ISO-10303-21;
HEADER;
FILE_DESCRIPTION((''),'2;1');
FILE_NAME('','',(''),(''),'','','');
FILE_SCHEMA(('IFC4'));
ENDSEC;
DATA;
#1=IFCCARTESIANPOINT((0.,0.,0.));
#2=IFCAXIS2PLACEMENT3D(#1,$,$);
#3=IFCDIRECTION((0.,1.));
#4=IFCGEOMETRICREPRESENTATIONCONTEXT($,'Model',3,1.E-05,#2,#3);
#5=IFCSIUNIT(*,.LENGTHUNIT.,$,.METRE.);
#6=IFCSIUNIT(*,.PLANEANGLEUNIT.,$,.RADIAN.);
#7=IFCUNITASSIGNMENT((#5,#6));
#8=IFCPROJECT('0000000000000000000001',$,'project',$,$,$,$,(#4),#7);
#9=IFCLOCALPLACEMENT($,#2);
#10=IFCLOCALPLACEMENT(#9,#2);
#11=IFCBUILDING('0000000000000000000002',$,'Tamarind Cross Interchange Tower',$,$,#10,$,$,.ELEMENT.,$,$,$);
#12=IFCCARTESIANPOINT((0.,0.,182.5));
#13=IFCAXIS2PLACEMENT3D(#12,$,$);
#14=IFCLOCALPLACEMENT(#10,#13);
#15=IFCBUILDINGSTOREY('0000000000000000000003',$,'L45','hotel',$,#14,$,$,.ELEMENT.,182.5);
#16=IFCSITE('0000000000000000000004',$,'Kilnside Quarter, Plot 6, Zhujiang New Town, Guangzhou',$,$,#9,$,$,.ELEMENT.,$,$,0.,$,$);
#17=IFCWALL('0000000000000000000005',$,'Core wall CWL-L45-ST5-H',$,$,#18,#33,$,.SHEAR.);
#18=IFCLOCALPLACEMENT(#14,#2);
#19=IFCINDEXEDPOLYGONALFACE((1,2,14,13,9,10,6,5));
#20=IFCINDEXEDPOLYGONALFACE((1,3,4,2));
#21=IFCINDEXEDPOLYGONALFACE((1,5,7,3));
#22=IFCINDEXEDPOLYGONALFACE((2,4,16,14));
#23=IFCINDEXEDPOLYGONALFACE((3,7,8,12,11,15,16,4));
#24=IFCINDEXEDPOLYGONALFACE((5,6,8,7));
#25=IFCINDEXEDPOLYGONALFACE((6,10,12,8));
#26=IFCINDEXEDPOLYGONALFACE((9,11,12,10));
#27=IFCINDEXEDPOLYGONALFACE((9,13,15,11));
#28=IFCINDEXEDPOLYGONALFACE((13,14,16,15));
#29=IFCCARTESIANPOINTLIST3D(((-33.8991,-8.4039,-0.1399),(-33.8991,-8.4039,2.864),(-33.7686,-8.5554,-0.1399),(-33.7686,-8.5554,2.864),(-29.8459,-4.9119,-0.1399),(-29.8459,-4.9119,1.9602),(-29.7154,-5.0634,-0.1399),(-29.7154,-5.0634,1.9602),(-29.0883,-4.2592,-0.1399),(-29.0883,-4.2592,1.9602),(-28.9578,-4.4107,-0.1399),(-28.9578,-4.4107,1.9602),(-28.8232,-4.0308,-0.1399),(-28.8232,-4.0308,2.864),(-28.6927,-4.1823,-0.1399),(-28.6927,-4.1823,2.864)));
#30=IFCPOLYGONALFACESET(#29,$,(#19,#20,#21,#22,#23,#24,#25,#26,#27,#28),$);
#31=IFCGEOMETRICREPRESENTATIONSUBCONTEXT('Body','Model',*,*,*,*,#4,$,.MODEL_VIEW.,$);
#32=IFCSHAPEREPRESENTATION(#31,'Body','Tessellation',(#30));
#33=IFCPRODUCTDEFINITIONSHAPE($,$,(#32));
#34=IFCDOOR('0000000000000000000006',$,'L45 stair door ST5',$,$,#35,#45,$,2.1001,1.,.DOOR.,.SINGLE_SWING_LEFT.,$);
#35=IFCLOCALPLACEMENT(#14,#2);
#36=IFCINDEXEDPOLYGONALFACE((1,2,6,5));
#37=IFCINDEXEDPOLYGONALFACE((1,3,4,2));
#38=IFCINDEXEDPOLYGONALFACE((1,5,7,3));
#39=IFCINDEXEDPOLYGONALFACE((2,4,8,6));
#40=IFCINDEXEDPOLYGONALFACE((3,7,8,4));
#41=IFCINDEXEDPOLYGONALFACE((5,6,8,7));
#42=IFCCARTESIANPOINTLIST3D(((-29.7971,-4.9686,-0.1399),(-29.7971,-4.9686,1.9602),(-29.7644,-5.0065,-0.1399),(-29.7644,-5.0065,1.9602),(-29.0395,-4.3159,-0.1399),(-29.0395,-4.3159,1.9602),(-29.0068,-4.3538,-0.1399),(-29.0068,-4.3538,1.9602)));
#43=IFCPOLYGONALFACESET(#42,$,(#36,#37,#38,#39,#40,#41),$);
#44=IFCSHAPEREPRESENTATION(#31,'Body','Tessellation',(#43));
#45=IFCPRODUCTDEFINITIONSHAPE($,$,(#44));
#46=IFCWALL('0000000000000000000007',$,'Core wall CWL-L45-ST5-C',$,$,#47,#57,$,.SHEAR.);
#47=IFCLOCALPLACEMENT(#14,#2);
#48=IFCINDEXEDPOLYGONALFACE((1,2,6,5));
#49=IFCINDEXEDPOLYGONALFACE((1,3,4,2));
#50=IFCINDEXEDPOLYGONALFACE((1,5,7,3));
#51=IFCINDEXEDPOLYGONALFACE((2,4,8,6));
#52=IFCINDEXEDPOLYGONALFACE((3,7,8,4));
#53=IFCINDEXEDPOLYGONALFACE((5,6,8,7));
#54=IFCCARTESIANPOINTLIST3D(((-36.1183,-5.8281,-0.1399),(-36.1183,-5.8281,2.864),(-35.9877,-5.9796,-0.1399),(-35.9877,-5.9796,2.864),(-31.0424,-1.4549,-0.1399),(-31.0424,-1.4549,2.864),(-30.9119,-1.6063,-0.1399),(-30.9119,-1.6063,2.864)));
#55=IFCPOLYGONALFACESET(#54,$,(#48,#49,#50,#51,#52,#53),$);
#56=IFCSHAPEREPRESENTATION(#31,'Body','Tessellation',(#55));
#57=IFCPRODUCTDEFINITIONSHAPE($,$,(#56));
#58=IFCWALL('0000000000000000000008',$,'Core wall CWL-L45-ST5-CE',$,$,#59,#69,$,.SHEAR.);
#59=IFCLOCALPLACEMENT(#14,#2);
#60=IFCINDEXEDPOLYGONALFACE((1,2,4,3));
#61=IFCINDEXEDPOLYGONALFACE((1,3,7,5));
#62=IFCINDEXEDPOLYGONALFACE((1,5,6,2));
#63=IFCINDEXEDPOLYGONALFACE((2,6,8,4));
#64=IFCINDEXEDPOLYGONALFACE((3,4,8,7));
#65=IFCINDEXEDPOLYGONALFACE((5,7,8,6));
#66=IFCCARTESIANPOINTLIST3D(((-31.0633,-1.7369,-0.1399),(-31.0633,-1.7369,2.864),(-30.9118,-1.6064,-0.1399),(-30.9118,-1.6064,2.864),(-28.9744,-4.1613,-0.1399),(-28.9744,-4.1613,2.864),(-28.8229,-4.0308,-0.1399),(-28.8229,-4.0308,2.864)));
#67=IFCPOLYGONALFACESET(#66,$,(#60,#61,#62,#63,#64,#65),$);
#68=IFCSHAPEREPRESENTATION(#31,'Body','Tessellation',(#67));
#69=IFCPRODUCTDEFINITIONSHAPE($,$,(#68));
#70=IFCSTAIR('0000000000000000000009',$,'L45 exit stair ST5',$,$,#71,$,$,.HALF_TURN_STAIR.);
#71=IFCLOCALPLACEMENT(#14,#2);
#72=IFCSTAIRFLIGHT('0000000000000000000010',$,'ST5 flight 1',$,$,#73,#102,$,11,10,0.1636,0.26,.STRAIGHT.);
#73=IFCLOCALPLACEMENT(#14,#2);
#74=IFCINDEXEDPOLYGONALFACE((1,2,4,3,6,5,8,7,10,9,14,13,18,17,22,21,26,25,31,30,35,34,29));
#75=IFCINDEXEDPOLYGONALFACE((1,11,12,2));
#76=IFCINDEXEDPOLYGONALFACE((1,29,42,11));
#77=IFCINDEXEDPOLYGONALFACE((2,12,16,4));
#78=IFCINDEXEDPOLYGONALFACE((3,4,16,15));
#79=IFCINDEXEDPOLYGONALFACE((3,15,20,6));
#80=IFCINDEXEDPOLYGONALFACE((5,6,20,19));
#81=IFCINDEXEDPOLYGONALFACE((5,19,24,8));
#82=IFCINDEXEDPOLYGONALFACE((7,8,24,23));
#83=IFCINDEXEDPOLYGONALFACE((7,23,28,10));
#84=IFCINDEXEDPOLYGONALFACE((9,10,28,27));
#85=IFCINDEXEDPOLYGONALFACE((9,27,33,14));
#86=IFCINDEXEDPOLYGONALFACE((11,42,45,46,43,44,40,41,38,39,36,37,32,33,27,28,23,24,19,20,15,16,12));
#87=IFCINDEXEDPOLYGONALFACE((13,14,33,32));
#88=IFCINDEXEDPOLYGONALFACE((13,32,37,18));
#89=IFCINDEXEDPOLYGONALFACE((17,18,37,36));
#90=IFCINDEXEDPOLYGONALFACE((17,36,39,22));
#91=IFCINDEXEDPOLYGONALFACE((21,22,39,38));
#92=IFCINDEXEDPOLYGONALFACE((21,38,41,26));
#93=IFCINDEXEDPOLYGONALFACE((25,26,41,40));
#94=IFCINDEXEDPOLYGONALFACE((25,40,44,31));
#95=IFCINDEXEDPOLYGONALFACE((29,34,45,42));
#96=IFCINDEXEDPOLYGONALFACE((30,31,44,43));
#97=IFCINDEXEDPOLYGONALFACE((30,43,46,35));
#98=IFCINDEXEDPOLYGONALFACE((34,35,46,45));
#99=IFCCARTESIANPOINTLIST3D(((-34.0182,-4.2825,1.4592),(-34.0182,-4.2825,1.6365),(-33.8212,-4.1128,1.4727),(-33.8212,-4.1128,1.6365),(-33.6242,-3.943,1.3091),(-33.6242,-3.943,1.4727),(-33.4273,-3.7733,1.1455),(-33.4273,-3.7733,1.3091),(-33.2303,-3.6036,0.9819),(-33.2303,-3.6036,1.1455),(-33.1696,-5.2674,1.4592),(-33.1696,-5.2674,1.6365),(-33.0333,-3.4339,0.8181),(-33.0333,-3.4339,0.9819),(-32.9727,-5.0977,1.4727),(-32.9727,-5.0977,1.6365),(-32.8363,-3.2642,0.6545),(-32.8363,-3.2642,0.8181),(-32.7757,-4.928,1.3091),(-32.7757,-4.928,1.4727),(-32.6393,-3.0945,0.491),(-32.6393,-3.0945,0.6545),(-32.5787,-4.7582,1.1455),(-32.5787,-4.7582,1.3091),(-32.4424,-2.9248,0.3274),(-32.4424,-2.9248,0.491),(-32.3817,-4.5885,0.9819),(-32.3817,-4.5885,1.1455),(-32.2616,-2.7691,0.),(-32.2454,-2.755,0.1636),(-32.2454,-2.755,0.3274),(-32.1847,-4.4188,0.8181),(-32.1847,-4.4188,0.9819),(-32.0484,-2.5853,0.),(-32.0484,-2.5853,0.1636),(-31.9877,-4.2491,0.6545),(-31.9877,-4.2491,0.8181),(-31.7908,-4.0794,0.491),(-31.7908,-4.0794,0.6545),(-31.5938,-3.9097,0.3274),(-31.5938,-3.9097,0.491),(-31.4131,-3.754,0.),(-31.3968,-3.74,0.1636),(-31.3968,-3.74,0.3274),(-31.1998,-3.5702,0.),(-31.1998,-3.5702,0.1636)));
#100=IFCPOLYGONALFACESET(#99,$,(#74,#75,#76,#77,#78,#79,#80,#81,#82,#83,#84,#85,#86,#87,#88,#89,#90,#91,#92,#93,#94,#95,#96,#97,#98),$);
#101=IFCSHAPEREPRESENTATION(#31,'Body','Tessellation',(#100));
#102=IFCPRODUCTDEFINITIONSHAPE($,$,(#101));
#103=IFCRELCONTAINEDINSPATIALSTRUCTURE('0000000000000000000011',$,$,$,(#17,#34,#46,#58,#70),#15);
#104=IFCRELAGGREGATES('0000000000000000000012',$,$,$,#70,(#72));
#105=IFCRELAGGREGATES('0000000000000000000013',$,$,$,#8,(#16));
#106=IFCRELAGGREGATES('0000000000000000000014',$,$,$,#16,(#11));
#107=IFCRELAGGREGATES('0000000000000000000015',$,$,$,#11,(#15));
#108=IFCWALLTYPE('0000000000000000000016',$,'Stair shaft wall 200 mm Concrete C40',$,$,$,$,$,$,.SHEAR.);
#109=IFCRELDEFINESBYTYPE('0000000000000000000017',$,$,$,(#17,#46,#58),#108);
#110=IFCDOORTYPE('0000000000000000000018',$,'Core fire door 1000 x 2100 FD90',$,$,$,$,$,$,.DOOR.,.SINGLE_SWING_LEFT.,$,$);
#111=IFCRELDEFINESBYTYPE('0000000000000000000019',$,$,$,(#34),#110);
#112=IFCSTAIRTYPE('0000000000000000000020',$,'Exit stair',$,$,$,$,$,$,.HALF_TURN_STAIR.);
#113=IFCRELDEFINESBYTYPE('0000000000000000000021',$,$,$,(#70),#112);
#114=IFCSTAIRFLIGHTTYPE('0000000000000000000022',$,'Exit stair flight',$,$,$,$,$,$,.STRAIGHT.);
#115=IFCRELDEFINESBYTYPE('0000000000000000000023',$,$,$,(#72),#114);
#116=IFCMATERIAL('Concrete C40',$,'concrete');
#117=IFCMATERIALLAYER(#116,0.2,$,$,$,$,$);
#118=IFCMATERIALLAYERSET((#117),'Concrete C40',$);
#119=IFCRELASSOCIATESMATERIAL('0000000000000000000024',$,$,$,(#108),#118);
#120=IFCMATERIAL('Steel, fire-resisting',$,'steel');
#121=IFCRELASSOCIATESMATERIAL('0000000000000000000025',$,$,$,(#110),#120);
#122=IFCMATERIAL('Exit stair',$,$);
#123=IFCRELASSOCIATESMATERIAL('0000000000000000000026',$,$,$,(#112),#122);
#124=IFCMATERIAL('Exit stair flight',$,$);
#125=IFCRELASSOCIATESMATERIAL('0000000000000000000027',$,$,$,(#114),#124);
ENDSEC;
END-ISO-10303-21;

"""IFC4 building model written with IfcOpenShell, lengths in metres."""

from ifc_helpers import new_model, si_unit, direction, frame, frame_2d, origin, place, context, subcontext, project, spatial, polyline, rectangle, outline, extrude, material, layer, layer_set, type_object, element, fill, aggregate, save


model = new_model("IFC4")

# Units and contexts
model_context = context("Model", 3, precision=1e-05, world=origin(), true_north=direction((0.0, 1.0)))
body_context = subcontext(model_context, "Body", "Model", "MODEL_VIEW")
ifc_project = project(units=[si_unit("LENGTHUNIT", "METRE"), si_unit("PLANEANGLEUNIT", "RADIAN")], contexts=[model_context])

# Site, building, storey
site_placement = place(None, origin())
site = spatial("IfcSite", under=ifc_project, at=site_placement, Name="Kilnside Quarter, Plot 6, Zhujiang New Town, Guangzhou", CompositionType="ELEMENT", RefElevation=0.0)
building_placement = place(site_placement, origin())
building = spatial("IfcBuilding", under=site, at=building_placement, Name="Tamarind Cross Interchange Tower", CompositionType="ELEMENT")
storey_placement = place(building_placement, frame((0.0, 0.0, 182.5)))
storey = spatial("IfcBuildingStorey", under=building, at=storey_placement, Name="L45", Description="hotel", CompositionType="ELEMENT", Elevation=182.5)

# Wall, opening, door
ifc_material_1 = material(Name="Concrete C40", Category="concrete")
ifc_layer_1 = layer(ifc_material_1, 0.2)
ifc_layer_set_1 = layer_set([ifc_layer_1], Name="Concrete C40")
wall_type_1 = type_object("IfcWallType", Name="Stair shaft wall 200 mm Concrete C40", PredefinedType="SHEAR", material=ifc_layer_set_1)
wall_1_placement = place(storey_placement, frame((-28.7578, -4.1064, -0.1399), z_axis=(0.0, 0.0, 1.0), x_axis=(-0.757613, -0.652704, 0.0)))
wall_1 = element("IfcWall", 1, at=wall_1_placement, inside=storey, type_object=wall_type_1, Name="Core wall CWL-L45-ST5-H", PredefinedType="SHEAR", context=body_context, shape_type="SweptSolid", body=[
    extrude(rectangle(XDim=6.7, YDim=0.2, at=frame_2d((3.3501, 0.0))), origin(), (0.0, 0.0, 1.0), 3.0039),
])
opening_1_placement = place(wall_1_placement, frame((0.3501, 0.0, 0.0)))
opening_1 = element("IfcOpeningElement", 2, at=opening_1_placement, cuts=wall_1, PredefinedType="OPENING", context=body_context, shape_type="SweptSolid", body=[
    extrude(rectangle(XDim=1.0, YDim=2.1001, at=frame_2d((0.5, 1.05))), frame((0.0, 0.1099, 0.0), z_axis=(0.0, -1.0, 0.0), x_axis=(1.0, 0.0, 0.0)), (0.0, 0.0, 1.0), 0.22),
])
ifc_material_2 = material(Name="Steel, fire-resisting", Category="steel")
door_type_1 = type_object("IfcDoorType", Name="Core fire door 1000 x 2100 FD90", OperationType="SINGLE_SWING_LEFT", PredefinedType="DOOR", material=ifc_material_2)
door_1_placement = place(opening_1_placement, origin())
door_1 = element("IfcDoor", 3, at=door_1_placement, inside=storey, type_object=door_type_1, Name="L45 stair door ST5", OperationType="SINGLE_SWING_LEFT", OverallHeight=2.1001, OverallWidth=1.0, PredefinedType="DOOR", context=body_context, shape_type="SweptSolid", body=[
    extrude(rectangle(XDim=1.0, YDim=2.1001, at=frame_2d((0.5, 1.05))), frame((0.0, 0.0249, 0.0), z_axis=(0.0, -1.0, 0.0), x_axis=(1.0, 0.0, 0.0)), (0.0, 0.0, 1.0), 0.05),
])
fill(opening_1, door_1)

# Walls
wall_2_placement = place(storey_placement, frame((-30.9771, -1.5305, -0.1399), z_axis=(0.0, 0.0, 1.0), x_axis=(-0.757595, -0.652725, 0.0)))
element("IfcWall", 4, at=wall_2_placement, inside=storey, type_object=wall_type_1, Name="Core wall CWL-L45-ST5-C", PredefinedType="SHEAR", context=body_context, shape_type="SweptSolid", body=[
    extrude(rectangle(XDim=6.7, YDim=0.2, at=frame_2d((3.3501, 0.0))), origin(), (0.0, 0.0, 1.0), 3.0039),
])
wall_3_placement = place(storey_placement, frame((-30.9875, -1.6716, -0.1399), z_axis=(0.0, 0.0, 1.0), x_axis=(0.652749, -0.757574, 0.0)))
element("IfcWall", 5, at=wall_3_placement, inside=storey, type_object=wall_type_1, Name="Core wall CWL-L45-ST5-CE", PredefinedType="SHEAR", context=body_context, shape_type="SweptSolid", body=[
    extrude(rectangle(XDim=3.2002, YDim=0.2, at=frame_2d((1.6001, 0.0))), origin(), (0.0, 0.0, 1.0), 3.0039),
])

# Stair, stair flight
ifc_material_3 = material(Name="Exit stair")
stair_type = type_object("IfcStairType", Name="Exit stair", PredefinedType="HALF_TURN_STAIR", material=ifc_material_3)
stair_placement = place(storey_placement, origin())
stair = element("IfcStair", 6, at=stair_placement, inside=storey, type_object=stair_type, Name="L45 exit stair ST5", PredefinedType="HALF_TURN_STAIR")
ifc_material_4 = material(Name="Exit stair flight")
stair_flight_type = type_object("IfcStairFlightType", Name="Exit stair flight", PredefinedType="STRAIGHT", material=ifc_material_4)
stair_flight_placement = place(storey_placement, frame((-31.624, -3.0779, 0.0), z_axis=(0.0, 0.0, 1.0), x_axis=(-0.757597, -0.652723, 0.0)))
stair_flight = element("IfcStairFlight", 7, at=stair_flight_placement, type_object=stair_flight_type, Name="ST5 flight 1", NumberOfRisers=11, NumberOfTreads=10, PredefinedType="STRAIGHT", RiserHeight=0.1636, TreadLength=0.26, context=body_context, shape_type="SweptSolid", body=[
    extrude(outline(polyline([(0.0, 0.0), (0.0, 0.1636), (0.26, 0.1636), (0.26, 0.3274), (0.52, 0.3274), (0.52, 0.491), (0.78, 0.491), (0.78, 0.6545), (1.04, 0.6545), (1.04, 0.8181), (1.3, 0.8181), (1.3, 0.9819), (1.5601, 0.9819), (1.5601, 1.1455), (1.8201, 1.1455), (1.8201, 1.3091), (2.0801, 1.3091), (2.0801, 1.4727), (2.3401, 1.4727), (2.3401, 1.6365), (2.6001, 1.6365), (2.6001, 1.8), (2.6001, 1.4592), (0.2815, 0.0), (0.0, 0.0)])), frame((0.0, 0.6499, 0.0), z_axis=(0.0, -1.0, 0.0), x_axis=(1.0, 0.0, 0.0)), (0.0, 0.0, 1.0), 1.3),
])
aggregate(stair, [stair_flight])

save(model, "model.ifc")
